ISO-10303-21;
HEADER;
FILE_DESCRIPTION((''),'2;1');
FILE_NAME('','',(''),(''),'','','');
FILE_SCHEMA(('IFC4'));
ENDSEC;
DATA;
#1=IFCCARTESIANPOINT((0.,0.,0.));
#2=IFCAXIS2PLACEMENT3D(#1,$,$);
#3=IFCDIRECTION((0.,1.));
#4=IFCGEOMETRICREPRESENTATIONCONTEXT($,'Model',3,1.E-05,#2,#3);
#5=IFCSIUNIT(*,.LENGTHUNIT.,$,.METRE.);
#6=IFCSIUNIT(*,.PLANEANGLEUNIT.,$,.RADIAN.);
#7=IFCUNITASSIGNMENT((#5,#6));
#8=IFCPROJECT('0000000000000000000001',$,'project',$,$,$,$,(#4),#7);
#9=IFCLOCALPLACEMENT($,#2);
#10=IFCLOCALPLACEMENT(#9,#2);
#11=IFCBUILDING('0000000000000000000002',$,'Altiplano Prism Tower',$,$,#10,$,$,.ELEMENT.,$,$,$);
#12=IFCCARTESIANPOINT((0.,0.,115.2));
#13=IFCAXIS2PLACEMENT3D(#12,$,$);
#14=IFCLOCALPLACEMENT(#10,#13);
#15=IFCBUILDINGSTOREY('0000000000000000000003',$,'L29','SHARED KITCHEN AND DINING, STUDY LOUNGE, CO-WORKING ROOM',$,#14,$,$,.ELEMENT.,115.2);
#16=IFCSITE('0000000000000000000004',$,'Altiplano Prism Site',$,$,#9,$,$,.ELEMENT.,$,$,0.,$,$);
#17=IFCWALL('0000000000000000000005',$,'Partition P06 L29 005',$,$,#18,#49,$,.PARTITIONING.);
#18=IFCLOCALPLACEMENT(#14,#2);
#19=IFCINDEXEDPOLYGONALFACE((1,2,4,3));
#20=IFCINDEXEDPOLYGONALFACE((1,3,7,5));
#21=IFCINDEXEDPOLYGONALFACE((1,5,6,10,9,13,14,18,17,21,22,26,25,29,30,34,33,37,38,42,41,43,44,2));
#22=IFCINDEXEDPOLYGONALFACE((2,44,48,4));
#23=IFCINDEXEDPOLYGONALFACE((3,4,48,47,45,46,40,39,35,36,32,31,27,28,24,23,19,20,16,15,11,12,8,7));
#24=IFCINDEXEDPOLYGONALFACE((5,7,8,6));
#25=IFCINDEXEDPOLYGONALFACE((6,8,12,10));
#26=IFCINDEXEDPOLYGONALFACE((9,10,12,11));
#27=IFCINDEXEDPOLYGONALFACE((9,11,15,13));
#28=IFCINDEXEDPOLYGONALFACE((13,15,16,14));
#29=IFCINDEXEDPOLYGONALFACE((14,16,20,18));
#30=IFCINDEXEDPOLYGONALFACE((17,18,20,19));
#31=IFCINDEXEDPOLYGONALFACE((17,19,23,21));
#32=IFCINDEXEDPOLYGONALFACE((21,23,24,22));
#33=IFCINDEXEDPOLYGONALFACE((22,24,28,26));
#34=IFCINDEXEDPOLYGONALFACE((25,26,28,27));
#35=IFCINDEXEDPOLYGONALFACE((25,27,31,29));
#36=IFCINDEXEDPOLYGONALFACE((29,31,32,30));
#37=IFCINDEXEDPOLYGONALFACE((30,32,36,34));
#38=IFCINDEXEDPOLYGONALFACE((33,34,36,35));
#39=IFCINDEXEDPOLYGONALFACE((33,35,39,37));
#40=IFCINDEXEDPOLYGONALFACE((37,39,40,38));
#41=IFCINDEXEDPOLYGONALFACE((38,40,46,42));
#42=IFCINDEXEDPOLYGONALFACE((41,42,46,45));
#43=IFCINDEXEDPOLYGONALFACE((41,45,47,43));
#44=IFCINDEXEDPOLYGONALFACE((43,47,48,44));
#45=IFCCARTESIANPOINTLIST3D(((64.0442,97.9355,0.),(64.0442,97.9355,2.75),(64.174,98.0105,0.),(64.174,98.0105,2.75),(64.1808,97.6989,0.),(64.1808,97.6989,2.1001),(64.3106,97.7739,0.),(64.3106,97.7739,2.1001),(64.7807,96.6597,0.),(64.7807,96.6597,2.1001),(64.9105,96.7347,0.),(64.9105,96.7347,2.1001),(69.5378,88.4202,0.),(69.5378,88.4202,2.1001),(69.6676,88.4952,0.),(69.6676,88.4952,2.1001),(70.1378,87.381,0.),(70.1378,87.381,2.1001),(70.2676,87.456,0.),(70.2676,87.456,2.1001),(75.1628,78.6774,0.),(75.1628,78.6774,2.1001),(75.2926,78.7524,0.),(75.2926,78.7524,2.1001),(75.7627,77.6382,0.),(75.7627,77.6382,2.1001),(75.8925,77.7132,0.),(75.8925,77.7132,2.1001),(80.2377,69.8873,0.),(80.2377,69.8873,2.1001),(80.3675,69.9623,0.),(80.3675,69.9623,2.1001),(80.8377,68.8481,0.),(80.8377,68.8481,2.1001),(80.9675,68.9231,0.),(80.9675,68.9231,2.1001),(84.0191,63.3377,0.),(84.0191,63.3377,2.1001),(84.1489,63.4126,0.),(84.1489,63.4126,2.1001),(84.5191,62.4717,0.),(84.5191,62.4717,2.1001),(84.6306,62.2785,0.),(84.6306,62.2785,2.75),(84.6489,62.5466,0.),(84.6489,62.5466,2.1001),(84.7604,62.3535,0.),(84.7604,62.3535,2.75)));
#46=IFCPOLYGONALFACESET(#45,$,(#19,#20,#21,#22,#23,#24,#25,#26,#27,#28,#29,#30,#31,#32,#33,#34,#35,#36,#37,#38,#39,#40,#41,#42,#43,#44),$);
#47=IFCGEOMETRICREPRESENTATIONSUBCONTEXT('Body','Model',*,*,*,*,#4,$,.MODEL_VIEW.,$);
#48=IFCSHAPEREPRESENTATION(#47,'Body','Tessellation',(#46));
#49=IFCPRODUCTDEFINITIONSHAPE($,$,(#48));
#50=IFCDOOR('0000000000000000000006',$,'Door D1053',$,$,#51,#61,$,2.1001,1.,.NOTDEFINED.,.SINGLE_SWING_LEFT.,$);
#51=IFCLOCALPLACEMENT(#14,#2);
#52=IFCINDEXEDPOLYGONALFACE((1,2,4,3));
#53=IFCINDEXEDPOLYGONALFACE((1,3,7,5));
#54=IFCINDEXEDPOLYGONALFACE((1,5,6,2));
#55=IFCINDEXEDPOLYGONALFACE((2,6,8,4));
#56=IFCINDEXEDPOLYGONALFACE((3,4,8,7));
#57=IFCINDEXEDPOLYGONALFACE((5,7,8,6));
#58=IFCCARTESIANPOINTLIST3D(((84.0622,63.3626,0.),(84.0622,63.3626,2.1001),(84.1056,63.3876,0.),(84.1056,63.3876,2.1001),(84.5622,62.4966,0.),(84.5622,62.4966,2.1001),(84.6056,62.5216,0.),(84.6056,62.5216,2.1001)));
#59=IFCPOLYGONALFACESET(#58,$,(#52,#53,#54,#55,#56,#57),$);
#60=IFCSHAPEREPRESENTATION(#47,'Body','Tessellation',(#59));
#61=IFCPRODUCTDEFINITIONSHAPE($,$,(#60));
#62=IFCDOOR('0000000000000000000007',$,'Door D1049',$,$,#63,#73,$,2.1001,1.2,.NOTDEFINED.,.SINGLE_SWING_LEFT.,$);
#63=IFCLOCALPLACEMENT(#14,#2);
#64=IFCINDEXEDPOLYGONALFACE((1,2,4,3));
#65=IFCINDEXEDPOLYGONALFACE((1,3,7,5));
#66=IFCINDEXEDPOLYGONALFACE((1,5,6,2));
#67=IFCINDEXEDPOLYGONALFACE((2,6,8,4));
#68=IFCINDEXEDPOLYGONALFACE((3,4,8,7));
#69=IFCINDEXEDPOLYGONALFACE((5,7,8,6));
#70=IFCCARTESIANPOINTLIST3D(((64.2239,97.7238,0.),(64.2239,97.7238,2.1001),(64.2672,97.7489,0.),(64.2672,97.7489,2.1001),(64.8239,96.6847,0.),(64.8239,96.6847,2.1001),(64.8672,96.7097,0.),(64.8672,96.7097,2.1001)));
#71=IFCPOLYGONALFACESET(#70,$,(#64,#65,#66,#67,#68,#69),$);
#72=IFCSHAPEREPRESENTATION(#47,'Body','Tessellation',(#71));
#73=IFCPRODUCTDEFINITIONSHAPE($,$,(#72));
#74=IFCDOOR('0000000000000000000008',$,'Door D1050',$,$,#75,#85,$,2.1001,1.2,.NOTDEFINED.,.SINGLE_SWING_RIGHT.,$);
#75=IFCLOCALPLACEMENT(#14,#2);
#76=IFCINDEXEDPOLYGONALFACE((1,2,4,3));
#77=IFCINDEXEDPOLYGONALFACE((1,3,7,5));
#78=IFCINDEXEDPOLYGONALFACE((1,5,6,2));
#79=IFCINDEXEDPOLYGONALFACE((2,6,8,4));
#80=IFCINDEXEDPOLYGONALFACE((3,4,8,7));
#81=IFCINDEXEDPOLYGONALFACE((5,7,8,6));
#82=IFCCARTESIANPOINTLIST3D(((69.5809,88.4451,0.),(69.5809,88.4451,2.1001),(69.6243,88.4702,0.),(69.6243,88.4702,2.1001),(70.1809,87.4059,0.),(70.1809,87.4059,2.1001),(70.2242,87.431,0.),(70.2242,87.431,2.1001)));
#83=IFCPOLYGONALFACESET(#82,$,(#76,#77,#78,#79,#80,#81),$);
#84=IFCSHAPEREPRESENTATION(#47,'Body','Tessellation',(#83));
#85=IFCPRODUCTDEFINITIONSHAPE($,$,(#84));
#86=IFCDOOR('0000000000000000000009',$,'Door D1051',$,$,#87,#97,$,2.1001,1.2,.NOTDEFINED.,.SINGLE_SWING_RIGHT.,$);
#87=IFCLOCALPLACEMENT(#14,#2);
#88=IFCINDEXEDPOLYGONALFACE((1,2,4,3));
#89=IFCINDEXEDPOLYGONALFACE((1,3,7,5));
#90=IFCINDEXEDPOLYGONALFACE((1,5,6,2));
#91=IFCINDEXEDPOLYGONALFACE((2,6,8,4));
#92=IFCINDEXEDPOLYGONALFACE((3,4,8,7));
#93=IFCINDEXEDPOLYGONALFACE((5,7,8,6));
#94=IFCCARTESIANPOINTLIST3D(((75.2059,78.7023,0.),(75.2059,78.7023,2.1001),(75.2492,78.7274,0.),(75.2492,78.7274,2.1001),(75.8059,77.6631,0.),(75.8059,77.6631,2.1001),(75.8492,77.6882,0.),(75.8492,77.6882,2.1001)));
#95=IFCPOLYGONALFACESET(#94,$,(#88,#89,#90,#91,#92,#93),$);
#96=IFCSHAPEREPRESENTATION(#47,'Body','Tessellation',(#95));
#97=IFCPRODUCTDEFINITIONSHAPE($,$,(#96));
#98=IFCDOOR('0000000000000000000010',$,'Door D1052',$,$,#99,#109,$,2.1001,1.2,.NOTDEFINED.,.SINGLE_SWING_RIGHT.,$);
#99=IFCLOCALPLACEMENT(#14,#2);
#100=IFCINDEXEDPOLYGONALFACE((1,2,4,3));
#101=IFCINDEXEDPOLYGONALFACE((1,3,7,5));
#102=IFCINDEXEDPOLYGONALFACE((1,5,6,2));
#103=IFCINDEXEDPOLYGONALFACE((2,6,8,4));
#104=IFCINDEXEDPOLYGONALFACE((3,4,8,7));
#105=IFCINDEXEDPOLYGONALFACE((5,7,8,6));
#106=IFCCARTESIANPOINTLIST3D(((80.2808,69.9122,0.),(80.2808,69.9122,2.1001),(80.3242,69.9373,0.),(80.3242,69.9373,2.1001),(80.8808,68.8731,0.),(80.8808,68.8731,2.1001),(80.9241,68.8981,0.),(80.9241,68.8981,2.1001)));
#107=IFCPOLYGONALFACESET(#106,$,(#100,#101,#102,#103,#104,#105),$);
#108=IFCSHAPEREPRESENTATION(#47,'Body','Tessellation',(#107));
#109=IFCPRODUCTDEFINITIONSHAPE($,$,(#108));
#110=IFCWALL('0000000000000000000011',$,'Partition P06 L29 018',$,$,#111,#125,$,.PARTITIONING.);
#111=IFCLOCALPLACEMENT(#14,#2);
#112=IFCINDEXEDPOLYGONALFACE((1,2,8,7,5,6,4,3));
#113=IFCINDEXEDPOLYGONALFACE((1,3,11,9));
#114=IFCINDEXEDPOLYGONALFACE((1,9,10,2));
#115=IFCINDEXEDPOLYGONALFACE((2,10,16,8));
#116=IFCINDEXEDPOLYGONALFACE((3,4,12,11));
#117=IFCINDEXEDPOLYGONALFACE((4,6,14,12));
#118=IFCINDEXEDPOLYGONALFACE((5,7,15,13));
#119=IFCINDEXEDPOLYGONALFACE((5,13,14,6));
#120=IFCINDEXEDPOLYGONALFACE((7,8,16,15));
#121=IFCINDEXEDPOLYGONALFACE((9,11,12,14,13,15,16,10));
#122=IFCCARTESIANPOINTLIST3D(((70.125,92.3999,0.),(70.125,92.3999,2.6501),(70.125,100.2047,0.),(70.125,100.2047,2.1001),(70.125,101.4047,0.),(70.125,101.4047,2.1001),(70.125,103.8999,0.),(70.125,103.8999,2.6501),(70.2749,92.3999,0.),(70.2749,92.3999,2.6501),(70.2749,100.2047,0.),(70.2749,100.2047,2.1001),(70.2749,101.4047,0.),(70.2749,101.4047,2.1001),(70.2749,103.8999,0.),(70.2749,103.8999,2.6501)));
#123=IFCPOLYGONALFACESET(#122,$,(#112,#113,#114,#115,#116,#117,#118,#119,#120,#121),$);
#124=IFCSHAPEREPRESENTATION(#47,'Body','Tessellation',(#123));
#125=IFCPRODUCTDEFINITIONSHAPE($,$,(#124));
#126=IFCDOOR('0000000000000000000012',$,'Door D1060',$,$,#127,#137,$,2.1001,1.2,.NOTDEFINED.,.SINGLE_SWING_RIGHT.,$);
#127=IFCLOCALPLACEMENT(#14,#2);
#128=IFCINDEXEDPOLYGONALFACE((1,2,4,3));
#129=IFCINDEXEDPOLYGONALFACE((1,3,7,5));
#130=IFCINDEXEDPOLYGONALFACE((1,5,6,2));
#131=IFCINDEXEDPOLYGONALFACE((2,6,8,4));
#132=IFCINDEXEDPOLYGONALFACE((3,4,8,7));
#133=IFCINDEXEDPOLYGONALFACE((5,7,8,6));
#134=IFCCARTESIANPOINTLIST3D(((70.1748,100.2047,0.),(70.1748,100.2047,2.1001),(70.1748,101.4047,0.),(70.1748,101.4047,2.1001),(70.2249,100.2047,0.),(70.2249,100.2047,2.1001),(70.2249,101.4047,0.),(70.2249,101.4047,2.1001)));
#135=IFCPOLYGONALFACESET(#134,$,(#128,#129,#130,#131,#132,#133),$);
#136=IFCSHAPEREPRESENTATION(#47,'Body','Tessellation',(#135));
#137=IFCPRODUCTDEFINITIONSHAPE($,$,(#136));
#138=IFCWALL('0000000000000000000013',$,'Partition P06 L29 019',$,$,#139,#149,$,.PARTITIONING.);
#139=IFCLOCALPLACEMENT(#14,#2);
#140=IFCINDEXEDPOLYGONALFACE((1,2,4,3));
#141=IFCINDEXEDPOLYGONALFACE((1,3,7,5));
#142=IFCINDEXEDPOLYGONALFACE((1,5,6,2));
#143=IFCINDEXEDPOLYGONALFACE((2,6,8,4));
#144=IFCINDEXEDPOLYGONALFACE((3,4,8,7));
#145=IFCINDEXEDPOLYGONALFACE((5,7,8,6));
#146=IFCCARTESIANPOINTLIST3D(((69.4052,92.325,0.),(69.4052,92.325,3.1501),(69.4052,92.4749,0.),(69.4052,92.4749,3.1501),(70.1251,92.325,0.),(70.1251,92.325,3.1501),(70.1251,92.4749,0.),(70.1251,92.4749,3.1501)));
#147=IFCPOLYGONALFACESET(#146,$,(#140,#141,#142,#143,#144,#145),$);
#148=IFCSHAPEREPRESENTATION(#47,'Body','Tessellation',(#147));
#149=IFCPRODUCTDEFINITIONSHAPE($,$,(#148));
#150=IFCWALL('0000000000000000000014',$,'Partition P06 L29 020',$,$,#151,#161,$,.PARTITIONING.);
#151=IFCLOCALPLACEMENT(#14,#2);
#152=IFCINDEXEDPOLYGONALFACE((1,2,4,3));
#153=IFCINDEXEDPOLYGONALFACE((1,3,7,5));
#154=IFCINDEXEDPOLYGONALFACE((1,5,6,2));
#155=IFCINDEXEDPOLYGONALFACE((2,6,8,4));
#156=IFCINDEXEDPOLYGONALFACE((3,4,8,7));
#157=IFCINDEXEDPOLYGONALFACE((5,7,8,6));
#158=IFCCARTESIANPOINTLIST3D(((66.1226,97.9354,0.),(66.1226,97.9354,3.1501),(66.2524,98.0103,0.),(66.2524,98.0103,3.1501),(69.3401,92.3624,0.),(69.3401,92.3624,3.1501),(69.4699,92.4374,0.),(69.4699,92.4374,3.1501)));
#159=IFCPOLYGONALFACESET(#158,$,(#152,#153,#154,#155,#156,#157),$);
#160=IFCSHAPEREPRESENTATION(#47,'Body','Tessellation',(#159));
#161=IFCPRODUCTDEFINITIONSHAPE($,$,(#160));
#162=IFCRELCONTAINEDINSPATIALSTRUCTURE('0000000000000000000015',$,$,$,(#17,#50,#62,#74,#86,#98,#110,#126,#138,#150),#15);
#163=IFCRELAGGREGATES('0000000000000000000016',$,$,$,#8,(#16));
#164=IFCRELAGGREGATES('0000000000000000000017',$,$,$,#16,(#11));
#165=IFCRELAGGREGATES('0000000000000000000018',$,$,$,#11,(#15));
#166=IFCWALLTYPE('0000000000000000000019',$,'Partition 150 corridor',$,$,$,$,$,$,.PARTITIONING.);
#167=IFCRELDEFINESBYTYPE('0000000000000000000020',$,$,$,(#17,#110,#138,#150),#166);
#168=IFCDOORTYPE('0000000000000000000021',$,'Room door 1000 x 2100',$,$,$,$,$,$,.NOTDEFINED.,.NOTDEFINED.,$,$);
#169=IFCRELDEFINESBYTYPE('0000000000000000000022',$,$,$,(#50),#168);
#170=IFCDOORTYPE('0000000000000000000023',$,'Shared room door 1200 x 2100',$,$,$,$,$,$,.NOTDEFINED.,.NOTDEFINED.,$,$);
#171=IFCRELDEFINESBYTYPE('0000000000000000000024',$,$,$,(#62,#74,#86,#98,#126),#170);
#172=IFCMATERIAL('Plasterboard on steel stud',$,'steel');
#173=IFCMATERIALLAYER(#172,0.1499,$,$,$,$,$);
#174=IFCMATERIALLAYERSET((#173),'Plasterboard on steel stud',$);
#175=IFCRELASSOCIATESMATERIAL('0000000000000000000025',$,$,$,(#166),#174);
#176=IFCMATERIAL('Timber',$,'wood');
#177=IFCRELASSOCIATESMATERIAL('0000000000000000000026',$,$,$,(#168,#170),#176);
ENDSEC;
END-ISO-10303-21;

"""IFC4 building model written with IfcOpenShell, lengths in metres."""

from ifc_helpers import new_model, si_unit, direction, frame, frame_2d, origin, place, context, subcontext, project, spatial, rectangle, extrude, material, layer, layer_set, type_object, element, fill, save


model = new_model("IFC4")

# Units and contexts
model_context = context("Model", 3, precision=1e-05, world=origin(), true_north=direction((0.0, 1.0)))
body_context = subcontext(model_context, "Body", "Model", "MODEL_VIEW")
ifc_project = project(units=[si_unit("LENGTHUNIT", "METRE"), si_unit("PLANEANGLEUNIT", "RADIAN")], contexts=[model_context])

# Site, building, storey
site_placement = place(None, origin())
site = spatial("IfcSite", under=ifc_project, at=site_placement, Name="Altiplano Prism Site", CompositionType="ELEMENT", RefElevation=0.0)
building_placement = place(site_placement, origin())
building = spatial("IfcBuilding", under=site, at=building_placement, Name="Altiplano Prism Tower", CompositionType="ELEMENT")
storey_placement = place(building_placement, frame((0.0, 0.0, 115.2)))
storey = spatial("IfcBuildingStorey", under=building, at=storey_placement, Name="L29", Description="SHARED KITCHEN AND DINING, STUDY LOUNGE, CO-WORKING ROOM", CompositionType="ELEMENT", Elevation=115.2)

# Shared definitions
ifc_material_1 = material(Name="Plasterboard on steel stud", Category="steel")
ifc_layer = layer(ifc_material_1, 0.1499)
ifc_layer_set = layer_set([ifc_layer], Name="Plasterboard on steel stud")
wall_type = type_object("IfcWallType", Name="Partition 150 corridor", PredefinedType="PARTITIONING", material=ifc_layer_set)

# Wall, openings, doors
wall_1_placement = place(storey_placement, frame((64.1091, 97.9729, 0.0), z_axis=(0.0, 0.0, 1.0), x_axis=(0.499997, -0.866027, 0.0)))
wall_1 = element("IfcWall", 1, at=wall_1_placement, inside=storey, type_object=wall_type, Name="Partition P06 L29 005", PredefinedType="PARTITIONING", context=body_context, shape_type="SweptSolid", body=[
    extrude(rectangle(XDim=41.1731, YDim=0.1499, at=frame_2d((20.5864, 0.0))), origin(), (0.0, 0.0, 1.0), 2.75),
])
opening_1_placement = place(wall_1_placement, frame((0.2729, 0.0, 0.0)))
opening_1 = element("IfcOpeningElement", 2, at=opening_1_placement, cuts=wall_1, PredefinedType="OPENING", context=body_context, shape_type="SweptSolid", body=[
    extrude(rectangle(XDim=1.2, YDim=2.1001, at=frame_2d((0.6001, 1.05))), frame((0.0, 0.0854, 0.0), z_axis=(0.0, -1.0, 0.0), x_axis=(1.0, 0.0, 0.0)), (0.0, 0.0, 1.0), 0.1709),
])
opening_2_placement = place(wall_1_placement, frame((10.9871, 0.0, 0.0)))
opening_2 = element("IfcOpeningElement", 3, at=opening_2_placement, cuts=wall_1, PredefinedType="OPENING", context=body_context, shape_type="SweptSolid", body=[
    extrude(rectangle(XDim=1.2, YDim=2.1001, at=frame_2d((0.6001, 1.05))), frame((0.0, 0.0854, 0.0), z_axis=(0.0, -1.0, 0.0), x_axis=(1.0, 0.0, 0.0)), (0.0, 0.0, 1.0), 0.1709),
])
opening_3_placement = place(wall_1_placement, frame((22.2371, 0.0, 0.0)))
opening_3 = element("IfcOpeningElement", 4, at=opening_3_placement, cuts=wall_1, PredefinedType="OPENING", context=body_context, shape_type="SweptSolid", body=[
    extrude(rectangle(XDim=1.2, YDim=2.1001, at=frame_2d((0.6001, 1.05))), frame((0.0, 0.0854, 0.0), z_axis=(0.0, -1.0, 0.0), x_axis=(1.0, 0.0, 0.0)), (0.0, 0.0, 1.0), 0.1709),
])
opening_4_placement = place(wall_1_placement, frame((32.387, 0.0, 0.0)))
opening_4 = element("IfcOpeningElement", 5, at=opening_4_placement, cuts=wall_1, PredefinedType="OPENING", context=body_context, shape_type="SweptSolid", body=[
    extrude(rectangle(XDim=1.2, YDim=2.1001, at=frame_2d((0.6001, 1.05))), frame((0.0, 0.0854, 0.0), z_axis=(0.0, -1.0, 0.0), x_axis=(1.0, 0.0, 0.0)), (0.0, 0.0, 1.0), 0.1709),
])
opening_5_placement = place(wall_1_placement, frame((39.95, 0.0, 0.0)))
opening_5 = element("IfcOpeningElement", 6, at=opening_5_placement, cuts=wall_1, PredefinedType="OPENING", context=body_context, shape_type="SweptSolid", body=[
    extrude(rectangle(XDim=1.0, YDim=2.1001, at=frame_2d((0.5, 1.05))), frame((0.0, 0.0854, 0.0), z_axis=(0.0, -1.0, 0.0), x_axis=(1.0, 0.0, 0.0)), (0.0, 0.0, 1.0), 0.1709),
])
ifc_material_2 = material(Name="Timber", Category="wood")
door_type_1 = type_object("IfcDoorType", Name="Room door 1000 x 2100", OperationType="NOTDEFINED", PredefinedType="NOTDEFINED", material=ifc_material_2)
door_1_placement = place(opening_5_placement, origin())
door_1 = element("IfcDoor", 7, at=door_1_placement, inside=storey, type_object=door_type_1, Name="Door D1053", OperationType="SINGLE_SWING_LEFT", OverallHeight=2.1001, OverallWidth=1.0, PredefinedType="NOTDEFINED", context=body_context, shape_type="SweptSolid", body=[
    extrude(rectangle(XDim=1.0, YDim=2.1001, at=frame_2d((0.5, 1.05))), frame((0.0, 0.0249, 0.0), z_axis=(0.0, -1.0, 0.0), x_axis=(1.0, 0.0, 0.0)), (0.0, 0.0, 1.0), 0.05),
])
fill(opening_5, door_1)
door_type_2 = type_object("IfcDoorType", Name="Shared room door 1200 x 2100", OperationType="NOTDEFINED", PredefinedType="NOTDEFINED", material=ifc_material_2)
door_2_placement = place(opening_1_placement, origin())
door_2 = element("IfcDoor", 8, at=door_2_placement, inside=storey, type_object=door_type_2, Name="Door D1049", OperationType="SINGLE_SWING_LEFT", OverallHeight=2.1001, OverallWidth=1.2, PredefinedType="NOTDEFINED", context=body_context, shape_type="SweptSolid", body=[
    extrude(rectangle(XDim=1.2, YDim=2.1001, at=frame_2d((0.6001, 1.05))), frame((0.0, 0.0249, 0.0), z_axis=(0.0, -1.0, 0.0), x_axis=(1.0, 0.0, 0.0)), (0.0, 0.0, 1.0), 0.05),
])
fill(opening_1, door_2)
door_3_placement = place(opening_2_placement, origin())
door_3 = element("IfcDoor", 9, at=door_3_placement, inside=storey, type_object=door_type_2, Name="Door D1050", OperationType="SINGLE_SWING_RIGHT", OverallHeight=2.1001, OverallWidth=1.2, PredefinedType="NOTDEFINED", context=body_context, shape_type="SweptSolid", body=[
    extrude(rectangle(XDim=1.2, YDim=2.1001, at=frame_2d((0.6001, 1.05))), frame((0.0, 0.0249, 0.0), z_axis=(0.0, -1.0, 0.0), x_axis=(1.0, 0.0, 0.0)), (0.0, 0.0, 1.0), 0.05),
])
fill(opening_2, door_3)
door_4_placement = place(opening_3_placement, origin())
door_4 = element("IfcDoor", 10, at=door_4_placement, inside=storey, type_object=door_type_2, Name="Door D1051", OperationType="SINGLE_SWING_RIGHT", OverallHeight=2.1001, OverallWidth=1.2, PredefinedType="NOTDEFINED", context=body_context, shape_type="SweptSolid", body=[
    extrude(rectangle(XDim=1.2, YDim=2.1001, at=frame_2d((0.6001, 1.05))), frame((0.0, 0.0249, 0.0), z_axis=(0.0, -1.0, 0.0), x_axis=(1.0, 0.0, 0.0)), (0.0, 0.0, 1.0), 0.05),
])
fill(opening_3, door_4)
door_5_placement = place(opening_4_placement, origin())
door_5 = element("IfcDoor", 11, at=door_5_placement, inside=storey, type_object=door_type_2, Name="Door D1052", OperationType="SINGLE_SWING_RIGHT", OverallHeight=2.1001, OverallWidth=1.2, PredefinedType="NOTDEFINED", context=body_context, shape_type="SweptSolid", body=[
    extrude(rectangle(XDim=1.2, YDim=2.1001, at=frame_2d((0.6001, 1.05))), frame((0.0, 0.0249, 0.0), z_axis=(0.0, -1.0, 0.0), x_axis=(1.0, 0.0, 0.0)), (0.0, 0.0, 1.0), 0.05),
])
fill(opening_4, door_5)

# Wall, opening, door
wall_2_placement = place(storey_placement, frame((70.2, 103.8999, 0.0), z_axis=(0.0, 0.0, 1.0), x_axis=(0.0, -1.0, 0.0)))
wall_2 = element("IfcWall", 12, at=wall_2_placement, inside=storey, type_object=wall_type, Name="Partition P06 L29 018", PredefinedType="PARTITIONING", context=body_context, shape_type="SweptSolid", body=[
    extrude(rectangle(XDim=11.5, YDim=0.1499, at=frame_2d((5.75, 0.0))), origin(), (0.0, 0.0, 1.0), 2.6501),
])
opening_6_placement = place(wall_2_placement, frame((2.4951, 0.0, 0.0)))
opening_6 = element("IfcOpeningElement", 13, at=opening_6_placement, cuts=wall_2, PredefinedType="OPENING", context=body_context, shape_type="SweptSolid", body=[
    extrude(rectangle(XDim=1.2, YDim=2.1001, at=frame_2d((0.6001, 1.05))), frame((0.0, 0.0854, 0.0), z_axis=(0.0, -1.0, 0.0), x_axis=(1.0, 0.0, 0.0)), (0.0, 0.0, 1.0), 0.1709),
])
door_6_placement = place(opening_6_placement, origin())
door_6 = element("IfcDoor", 14, at=door_6_placement, inside=storey, type_object=door_type_2, Name="Door D1060", OperationType="SINGLE_SWING_RIGHT", OverallHeight=2.1001, OverallWidth=1.2, PredefinedType="NOTDEFINED", context=body_context, shape_type="SweptSolid", body=[
    extrude(rectangle(XDim=1.2, YDim=2.1001, at=frame_2d((0.6001, 1.05))), frame((0.0, 0.0249, 0.0), z_axis=(0.0, -1.0, 0.0), x_axis=(1.0, 0.0, 0.0)), (0.0, 0.0, 1.0), 0.05),
])
fill(opening_6, door_6)

# Walls
wall_3_placement = place(storey_placement, frame((70.125, 92.3999, 0.0), z_axis=(0.0, 0.0, 1.0), x_axis=(-1.0, 0.0, 0.0)))
element("IfcWall", 15, at=wall_3_placement, inside=storey, type_object=wall_type, Name="Partition P06 L29 019", PredefinedType="PARTITIONING", context=body_context, shape_type="SweptSolid", body=[
    extrude(rectangle(XDim=0.72, YDim=0.1499, at=frame_2d((0.3599, 0.0))), origin(), (0.0, 0.0, 1.0), 3.1501),
])
wall_4_placement = place(storey_placement, frame((69.405, 92.3999, 0.0), z_axis=(0.0, 0.0, 1.0), x_axis=(-0.499995, 0.866028, 0.0)))
element("IfcWall", 16, at=wall_4_placement, inside=storey, type_object=wall_type, Name="Partition P06 L29 020", PredefinedType="PARTITIONING", context=body_context, shape_type="SweptSolid", body=[
    extrude(rectangle(XDim=6.4351, YDim=0.1499, at=frame_2d((3.2175, 0.0))), origin(), (0.0, 0.0, 1.0), 3.1501),
])

save(model, "model.ifc")
